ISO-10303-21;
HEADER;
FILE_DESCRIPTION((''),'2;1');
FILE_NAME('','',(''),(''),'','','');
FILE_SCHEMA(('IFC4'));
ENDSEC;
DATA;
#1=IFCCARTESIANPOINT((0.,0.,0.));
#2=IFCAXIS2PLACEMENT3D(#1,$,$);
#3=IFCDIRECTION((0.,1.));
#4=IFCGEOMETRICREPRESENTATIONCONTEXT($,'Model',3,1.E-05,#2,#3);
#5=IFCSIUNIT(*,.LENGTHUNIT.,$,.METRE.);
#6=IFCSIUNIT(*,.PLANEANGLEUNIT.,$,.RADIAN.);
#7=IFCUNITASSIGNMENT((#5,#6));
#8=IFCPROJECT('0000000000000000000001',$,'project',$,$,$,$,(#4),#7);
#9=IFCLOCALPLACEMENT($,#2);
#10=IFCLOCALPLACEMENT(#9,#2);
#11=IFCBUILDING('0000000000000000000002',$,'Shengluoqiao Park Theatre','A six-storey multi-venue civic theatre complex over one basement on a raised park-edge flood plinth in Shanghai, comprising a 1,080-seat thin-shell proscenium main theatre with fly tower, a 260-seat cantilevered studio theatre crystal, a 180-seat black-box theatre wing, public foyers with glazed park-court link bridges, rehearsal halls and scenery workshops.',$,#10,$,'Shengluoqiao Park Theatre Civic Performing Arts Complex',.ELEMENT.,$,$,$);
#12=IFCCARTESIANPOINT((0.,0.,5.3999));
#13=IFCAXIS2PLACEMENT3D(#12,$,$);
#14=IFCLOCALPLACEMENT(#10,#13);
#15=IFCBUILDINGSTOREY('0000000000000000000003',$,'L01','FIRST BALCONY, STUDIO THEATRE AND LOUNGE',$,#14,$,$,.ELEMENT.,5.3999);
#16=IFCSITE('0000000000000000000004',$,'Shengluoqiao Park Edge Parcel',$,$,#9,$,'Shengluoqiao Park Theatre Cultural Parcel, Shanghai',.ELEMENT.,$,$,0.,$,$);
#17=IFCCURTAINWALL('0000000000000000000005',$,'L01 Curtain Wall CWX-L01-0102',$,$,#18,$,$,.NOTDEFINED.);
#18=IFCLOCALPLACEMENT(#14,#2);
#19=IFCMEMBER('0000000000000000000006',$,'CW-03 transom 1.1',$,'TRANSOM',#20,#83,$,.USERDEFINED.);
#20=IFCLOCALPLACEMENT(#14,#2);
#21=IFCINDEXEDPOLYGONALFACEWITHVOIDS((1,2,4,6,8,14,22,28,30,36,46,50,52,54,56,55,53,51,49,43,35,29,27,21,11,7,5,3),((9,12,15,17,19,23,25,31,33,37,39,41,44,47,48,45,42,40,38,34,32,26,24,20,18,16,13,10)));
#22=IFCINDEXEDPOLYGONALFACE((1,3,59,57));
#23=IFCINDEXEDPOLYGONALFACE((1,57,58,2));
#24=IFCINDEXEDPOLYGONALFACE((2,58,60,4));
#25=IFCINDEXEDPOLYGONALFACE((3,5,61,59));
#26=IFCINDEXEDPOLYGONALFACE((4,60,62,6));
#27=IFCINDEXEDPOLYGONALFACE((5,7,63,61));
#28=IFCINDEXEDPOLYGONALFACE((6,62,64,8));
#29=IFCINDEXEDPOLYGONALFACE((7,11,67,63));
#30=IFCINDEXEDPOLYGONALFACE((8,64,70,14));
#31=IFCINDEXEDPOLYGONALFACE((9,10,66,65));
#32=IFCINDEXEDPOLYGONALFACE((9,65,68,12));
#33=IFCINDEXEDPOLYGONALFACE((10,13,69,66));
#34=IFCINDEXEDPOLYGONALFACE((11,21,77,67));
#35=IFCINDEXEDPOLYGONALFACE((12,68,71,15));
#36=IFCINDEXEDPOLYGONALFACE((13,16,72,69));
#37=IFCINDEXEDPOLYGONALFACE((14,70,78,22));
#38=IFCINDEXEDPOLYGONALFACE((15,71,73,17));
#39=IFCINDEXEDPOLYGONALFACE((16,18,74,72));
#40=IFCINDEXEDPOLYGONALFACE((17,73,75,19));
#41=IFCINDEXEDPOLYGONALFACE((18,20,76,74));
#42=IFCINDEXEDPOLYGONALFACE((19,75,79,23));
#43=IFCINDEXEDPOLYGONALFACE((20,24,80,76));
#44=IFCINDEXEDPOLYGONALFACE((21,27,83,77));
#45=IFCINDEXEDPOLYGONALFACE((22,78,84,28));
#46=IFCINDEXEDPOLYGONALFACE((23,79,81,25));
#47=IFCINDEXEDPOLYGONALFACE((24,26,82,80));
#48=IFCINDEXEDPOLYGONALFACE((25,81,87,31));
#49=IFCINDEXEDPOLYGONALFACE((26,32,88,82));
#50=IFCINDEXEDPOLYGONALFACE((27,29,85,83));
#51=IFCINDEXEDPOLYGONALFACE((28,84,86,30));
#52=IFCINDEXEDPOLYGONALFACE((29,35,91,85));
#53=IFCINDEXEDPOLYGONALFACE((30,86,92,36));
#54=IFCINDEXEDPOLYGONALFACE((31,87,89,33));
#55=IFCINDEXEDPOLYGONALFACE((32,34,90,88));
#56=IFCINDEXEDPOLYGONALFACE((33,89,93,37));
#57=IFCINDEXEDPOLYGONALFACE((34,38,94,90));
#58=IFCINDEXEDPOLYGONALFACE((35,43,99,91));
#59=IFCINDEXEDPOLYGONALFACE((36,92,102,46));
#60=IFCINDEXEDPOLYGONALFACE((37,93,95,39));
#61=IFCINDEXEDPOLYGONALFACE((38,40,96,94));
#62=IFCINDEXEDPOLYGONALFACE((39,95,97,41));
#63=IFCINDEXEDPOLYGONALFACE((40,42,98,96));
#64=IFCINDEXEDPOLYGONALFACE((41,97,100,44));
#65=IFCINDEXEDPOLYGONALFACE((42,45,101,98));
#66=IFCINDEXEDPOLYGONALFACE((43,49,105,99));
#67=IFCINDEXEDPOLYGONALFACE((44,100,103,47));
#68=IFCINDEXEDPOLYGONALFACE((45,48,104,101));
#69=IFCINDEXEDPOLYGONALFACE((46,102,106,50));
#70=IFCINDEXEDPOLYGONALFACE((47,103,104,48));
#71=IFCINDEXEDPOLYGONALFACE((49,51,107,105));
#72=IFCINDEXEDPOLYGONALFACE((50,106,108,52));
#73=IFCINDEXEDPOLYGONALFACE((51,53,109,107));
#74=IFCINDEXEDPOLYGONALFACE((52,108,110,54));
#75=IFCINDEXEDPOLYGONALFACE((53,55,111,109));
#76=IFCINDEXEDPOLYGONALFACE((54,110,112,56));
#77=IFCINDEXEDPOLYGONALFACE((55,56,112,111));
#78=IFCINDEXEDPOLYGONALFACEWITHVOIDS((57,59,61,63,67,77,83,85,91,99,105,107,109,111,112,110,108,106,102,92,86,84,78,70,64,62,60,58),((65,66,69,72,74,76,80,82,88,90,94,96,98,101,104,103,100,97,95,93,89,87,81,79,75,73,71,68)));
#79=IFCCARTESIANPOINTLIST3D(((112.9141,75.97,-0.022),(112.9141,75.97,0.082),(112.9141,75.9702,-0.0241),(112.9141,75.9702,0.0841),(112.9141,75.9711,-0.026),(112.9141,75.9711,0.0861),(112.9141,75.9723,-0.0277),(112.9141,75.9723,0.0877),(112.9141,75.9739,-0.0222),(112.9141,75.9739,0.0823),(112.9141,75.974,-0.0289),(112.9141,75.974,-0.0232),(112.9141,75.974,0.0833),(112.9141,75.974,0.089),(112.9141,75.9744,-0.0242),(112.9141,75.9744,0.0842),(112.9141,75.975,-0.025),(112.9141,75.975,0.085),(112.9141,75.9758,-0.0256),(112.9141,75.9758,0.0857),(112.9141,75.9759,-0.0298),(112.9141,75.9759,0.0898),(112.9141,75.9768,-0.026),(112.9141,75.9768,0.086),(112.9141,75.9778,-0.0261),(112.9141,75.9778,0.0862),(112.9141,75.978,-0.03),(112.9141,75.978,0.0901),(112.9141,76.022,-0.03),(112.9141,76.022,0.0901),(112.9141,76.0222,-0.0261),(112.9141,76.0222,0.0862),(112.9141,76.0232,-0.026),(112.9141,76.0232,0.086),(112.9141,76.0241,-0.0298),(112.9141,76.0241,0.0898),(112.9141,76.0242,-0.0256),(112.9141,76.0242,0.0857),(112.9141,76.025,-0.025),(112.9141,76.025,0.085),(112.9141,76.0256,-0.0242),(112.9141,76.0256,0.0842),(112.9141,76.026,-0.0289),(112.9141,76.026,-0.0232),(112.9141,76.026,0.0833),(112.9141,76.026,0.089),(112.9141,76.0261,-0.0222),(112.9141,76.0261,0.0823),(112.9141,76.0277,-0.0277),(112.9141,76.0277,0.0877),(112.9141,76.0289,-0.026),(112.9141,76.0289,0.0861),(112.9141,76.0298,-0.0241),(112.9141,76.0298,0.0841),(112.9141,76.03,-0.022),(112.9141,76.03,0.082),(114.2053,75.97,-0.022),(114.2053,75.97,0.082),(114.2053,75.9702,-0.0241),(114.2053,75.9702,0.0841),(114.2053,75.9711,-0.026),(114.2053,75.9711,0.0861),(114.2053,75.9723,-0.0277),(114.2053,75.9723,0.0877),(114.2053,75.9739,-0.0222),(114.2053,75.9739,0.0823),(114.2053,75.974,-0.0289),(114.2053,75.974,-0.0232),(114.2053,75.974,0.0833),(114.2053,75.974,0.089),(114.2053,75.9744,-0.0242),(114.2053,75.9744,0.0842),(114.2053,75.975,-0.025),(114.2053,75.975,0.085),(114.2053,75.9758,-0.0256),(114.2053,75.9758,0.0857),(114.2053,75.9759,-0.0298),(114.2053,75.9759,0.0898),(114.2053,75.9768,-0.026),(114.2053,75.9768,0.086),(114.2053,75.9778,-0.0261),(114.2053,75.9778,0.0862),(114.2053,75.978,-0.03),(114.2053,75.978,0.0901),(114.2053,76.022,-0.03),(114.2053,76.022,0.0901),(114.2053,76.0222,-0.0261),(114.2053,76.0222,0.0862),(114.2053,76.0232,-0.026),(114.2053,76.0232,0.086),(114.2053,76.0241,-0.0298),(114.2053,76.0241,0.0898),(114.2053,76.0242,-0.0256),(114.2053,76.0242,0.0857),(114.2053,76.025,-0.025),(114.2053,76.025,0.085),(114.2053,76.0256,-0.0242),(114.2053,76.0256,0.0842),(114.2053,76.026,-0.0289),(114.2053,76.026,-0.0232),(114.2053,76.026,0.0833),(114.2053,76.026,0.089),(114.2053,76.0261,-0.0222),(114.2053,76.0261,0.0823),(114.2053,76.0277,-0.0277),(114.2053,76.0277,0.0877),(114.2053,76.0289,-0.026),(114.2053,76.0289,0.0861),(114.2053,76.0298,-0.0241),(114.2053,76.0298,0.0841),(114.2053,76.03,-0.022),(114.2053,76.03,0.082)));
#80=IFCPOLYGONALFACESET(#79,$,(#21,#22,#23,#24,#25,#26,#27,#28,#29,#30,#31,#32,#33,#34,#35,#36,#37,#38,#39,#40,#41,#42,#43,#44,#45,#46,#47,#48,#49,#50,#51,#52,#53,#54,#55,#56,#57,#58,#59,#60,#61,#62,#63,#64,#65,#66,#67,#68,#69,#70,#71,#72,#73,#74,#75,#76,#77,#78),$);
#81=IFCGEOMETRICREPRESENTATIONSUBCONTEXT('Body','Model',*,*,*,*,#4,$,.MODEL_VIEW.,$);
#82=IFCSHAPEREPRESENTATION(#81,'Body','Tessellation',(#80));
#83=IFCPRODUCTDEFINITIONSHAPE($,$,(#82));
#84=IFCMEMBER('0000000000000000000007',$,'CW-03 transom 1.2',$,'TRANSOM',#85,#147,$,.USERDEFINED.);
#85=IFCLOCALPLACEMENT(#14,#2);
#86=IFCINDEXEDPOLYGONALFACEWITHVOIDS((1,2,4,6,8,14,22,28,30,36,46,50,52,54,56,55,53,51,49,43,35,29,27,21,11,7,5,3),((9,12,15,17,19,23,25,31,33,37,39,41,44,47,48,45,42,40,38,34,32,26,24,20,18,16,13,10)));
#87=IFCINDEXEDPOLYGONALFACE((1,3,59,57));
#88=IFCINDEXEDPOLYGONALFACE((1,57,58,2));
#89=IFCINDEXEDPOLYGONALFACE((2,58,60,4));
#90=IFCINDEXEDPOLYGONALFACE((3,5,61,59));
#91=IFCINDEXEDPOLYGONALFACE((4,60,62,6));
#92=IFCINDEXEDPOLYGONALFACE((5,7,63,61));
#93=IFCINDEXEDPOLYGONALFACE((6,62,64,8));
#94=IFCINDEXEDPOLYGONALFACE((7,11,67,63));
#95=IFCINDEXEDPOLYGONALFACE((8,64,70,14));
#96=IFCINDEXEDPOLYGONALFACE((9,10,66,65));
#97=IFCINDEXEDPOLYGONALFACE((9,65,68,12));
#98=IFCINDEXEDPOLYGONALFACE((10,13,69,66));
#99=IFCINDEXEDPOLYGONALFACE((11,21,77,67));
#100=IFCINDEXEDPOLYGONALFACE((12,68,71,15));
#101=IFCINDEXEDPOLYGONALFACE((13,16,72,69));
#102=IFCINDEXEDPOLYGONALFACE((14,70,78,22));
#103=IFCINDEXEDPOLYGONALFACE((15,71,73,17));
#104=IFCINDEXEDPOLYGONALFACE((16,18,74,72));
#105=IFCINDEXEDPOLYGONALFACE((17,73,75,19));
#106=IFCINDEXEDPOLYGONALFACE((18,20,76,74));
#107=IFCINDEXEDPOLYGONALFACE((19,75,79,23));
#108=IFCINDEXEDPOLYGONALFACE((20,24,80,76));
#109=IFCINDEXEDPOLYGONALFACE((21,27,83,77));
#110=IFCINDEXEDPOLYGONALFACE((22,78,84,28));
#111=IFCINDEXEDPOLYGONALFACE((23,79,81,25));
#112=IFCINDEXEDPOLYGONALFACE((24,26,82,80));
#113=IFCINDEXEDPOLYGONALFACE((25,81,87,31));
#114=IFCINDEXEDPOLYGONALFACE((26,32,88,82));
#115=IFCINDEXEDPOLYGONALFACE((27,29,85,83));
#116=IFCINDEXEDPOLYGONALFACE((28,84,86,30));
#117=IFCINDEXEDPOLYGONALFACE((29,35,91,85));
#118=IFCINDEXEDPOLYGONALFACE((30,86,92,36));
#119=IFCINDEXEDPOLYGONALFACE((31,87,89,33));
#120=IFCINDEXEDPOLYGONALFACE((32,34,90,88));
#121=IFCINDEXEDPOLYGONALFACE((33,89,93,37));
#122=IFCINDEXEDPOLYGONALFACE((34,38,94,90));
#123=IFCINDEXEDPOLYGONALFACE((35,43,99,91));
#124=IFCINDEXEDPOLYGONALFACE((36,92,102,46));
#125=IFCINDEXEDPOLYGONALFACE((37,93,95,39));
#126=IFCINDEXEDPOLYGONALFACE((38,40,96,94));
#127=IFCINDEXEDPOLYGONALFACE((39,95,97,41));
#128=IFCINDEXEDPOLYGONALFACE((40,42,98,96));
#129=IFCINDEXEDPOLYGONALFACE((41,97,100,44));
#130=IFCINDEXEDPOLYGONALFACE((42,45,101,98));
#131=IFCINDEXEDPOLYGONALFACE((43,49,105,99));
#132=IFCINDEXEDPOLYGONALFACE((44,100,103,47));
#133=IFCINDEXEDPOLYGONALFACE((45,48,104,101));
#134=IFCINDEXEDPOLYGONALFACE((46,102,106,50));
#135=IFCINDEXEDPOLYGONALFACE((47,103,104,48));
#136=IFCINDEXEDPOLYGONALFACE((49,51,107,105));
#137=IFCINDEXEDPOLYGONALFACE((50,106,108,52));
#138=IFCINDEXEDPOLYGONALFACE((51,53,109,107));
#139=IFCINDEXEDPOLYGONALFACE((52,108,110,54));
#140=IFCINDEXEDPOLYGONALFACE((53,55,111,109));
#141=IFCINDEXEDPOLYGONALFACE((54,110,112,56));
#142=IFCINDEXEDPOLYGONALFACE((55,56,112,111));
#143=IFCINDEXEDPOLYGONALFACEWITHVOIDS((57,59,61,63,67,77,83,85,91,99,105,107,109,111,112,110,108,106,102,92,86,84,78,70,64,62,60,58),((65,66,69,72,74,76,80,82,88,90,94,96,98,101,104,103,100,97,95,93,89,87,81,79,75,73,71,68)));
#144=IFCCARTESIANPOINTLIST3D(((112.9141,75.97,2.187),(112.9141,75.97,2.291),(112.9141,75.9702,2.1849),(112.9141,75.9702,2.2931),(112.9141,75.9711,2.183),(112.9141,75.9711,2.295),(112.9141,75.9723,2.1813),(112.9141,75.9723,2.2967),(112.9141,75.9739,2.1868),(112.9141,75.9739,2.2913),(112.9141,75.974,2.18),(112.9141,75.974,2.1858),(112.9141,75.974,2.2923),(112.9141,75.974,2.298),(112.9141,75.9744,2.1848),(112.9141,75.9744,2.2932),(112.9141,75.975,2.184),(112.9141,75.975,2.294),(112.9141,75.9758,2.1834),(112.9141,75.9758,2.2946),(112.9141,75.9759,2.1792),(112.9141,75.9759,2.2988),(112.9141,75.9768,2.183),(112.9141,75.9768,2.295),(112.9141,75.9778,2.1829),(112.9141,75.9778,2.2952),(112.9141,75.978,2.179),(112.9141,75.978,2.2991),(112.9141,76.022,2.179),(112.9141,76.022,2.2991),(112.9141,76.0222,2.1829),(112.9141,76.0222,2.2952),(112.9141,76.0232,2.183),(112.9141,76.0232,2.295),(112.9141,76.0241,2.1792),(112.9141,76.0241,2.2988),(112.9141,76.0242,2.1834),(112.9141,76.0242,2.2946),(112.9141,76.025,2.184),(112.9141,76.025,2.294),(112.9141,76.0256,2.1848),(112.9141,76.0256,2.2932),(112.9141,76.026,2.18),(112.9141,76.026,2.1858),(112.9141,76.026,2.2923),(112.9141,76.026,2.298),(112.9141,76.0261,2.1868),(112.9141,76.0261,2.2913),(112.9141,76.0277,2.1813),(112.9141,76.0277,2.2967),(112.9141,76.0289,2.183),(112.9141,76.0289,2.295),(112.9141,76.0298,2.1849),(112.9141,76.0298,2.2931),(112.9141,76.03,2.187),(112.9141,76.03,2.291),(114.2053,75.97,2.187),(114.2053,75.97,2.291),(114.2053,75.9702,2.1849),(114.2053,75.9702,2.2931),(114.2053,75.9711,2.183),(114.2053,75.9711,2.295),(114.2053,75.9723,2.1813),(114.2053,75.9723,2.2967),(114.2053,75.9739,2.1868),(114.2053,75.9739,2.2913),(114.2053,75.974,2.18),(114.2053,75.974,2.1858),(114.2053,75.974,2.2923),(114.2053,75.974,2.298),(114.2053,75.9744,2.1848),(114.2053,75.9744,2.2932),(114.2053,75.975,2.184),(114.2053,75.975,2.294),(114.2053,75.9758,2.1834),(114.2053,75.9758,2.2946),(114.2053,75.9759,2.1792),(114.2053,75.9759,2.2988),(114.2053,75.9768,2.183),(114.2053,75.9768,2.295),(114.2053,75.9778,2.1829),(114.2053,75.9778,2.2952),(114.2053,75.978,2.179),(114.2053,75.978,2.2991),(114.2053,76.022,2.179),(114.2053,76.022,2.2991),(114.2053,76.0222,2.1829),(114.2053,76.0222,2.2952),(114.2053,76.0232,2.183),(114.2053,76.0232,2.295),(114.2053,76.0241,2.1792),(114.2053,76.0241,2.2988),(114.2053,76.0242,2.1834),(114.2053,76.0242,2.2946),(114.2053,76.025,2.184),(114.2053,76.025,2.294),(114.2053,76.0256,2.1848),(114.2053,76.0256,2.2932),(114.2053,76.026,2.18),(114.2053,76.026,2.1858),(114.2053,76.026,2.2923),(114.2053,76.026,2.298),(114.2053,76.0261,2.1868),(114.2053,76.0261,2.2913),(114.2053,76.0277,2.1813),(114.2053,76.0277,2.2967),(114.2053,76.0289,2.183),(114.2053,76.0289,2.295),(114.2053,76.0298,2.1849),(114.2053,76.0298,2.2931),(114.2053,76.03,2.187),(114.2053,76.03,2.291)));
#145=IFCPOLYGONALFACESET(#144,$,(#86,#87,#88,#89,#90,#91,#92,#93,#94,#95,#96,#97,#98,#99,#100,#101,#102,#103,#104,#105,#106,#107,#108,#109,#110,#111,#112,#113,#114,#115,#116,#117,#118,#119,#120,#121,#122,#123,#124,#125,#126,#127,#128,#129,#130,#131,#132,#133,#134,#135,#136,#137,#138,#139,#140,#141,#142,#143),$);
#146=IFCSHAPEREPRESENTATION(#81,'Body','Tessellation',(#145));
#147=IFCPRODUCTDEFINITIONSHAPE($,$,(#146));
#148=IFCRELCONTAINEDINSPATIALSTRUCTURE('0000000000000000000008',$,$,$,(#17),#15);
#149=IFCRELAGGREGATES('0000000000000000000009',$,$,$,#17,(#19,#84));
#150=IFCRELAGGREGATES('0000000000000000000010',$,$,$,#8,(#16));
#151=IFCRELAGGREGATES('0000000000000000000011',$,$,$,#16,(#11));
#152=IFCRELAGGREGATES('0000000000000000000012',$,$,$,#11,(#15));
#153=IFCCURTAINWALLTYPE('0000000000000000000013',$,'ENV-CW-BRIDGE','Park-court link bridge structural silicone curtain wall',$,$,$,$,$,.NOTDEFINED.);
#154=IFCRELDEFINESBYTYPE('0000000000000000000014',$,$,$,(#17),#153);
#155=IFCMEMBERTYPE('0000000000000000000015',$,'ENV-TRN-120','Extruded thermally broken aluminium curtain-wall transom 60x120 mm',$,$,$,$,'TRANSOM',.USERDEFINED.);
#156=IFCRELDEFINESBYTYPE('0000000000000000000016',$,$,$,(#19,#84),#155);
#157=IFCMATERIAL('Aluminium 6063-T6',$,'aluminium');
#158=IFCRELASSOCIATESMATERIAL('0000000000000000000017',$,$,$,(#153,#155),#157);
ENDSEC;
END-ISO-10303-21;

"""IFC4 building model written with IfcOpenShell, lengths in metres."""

from ifc_helpers import new_model, si_unit, direction, frame, origin, origin_2d, place, context, subcontext, project, spatial, hollow_rectangle, extrude, material, material_profile, profile_set, type_object, element, aggregate, save


model = new_model("IFC4")

# Units and contexts
model_context = context("Model", 3, precision=1e-05, world=origin(), true_north=direction((0.0, 1.0)))
body_context = subcontext(model_context, "Body", "Model", "MODEL_VIEW")
ifc_project = project(units=[si_unit("LENGTHUNIT", "METRE"), si_unit("PLANEANGLEUNIT", "RADIAN")], contexts=[model_context])

# Site, building, storey
site_placement = place(None, origin())
site = spatial("IfcSite", under=ifc_project, at=site_placement, Name="Shengluoqiao Park Edge Parcel", LongName="Shengluoqiao Park Theatre Cultural Parcel, Shanghai", CompositionType="ELEMENT", RefElevation=0.0)
building_placement = place(site_placement, origin())
building = spatial("IfcBuilding", under=site, at=building_placement, Name="Shengluoqiao Park Theatre", Description="A six-storey multi-venue civic theatre complex over one basement on a raised park-edge flood plinth in Shanghai, comprising a 1,080-seat thin-shell proscenium main theatre with fly tower, a 260-seat cantilevered studio theatre crystal, a 180-seat black-box theatre wing, public foyers with glazed park-court link bridges, rehearsal halls and scenery workshops.", LongName="Shengluoqiao Park Theatre Civic Performing Arts Complex", CompositionType="ELEMENT")
storey_placement = place(building_placement, frame((0.0, 0.0, 5.3999)))
storey = spatial("IfcBuildingStorey", under=building, at=storey_placement, Name="L01", Description="FIRST BALCONY, STUDIO THEATRE AND LOUNGE", CompositionType="ELEMENT", Elevation=5.3999)

# Curtain wall, members
ifc_material_1 = material(Name="Aluminium 6063-T6", Category="aluminium")
curtain_wall_type = type_object("IfcCurtainWallType", Name="ENV-CW-BRIDGE", Description="Park-court link bridge structural silicone curtain wall", PredefinedType="NOTDEFINED", material=ifc_material_1)
curtain_wall_placement = place(storey_placement, origin())
curtain_wall = element("IfcCurtainWall", 1, at=curtain_wall_placement, inside=storey, type_object=curtain_wall_type, Name="L01 Curtain Wall CWX-L01-0102", PredefinedType="NOTDEFINED")
ifc_material_profile_1 = material_profile(ifc_material_1, hollow_rectangle(XDim=0.0601, YDim=0.1201, WallThickness=0.0039, InnerFilletRadius=0.0039, OuterFilletRadius=0.0081, at=origin_2d()), Name="ALU TRANSOM 120x60x4")
ifc_profile_set_1 = profile_set([ifc_material_profile_1], Name="Aluminium 6063-T6")
member_type_1 = type_object("IfcMemberType", Name="ENV-TRN-120", Description="Extruded thermally broken aluminium curtain-wall transom 60x120 mm", ElementType="TRANSOM", PredefinedType="USERDEFINED", material=ifc_profile_set_1)
member_1_placement = place(storey_placement, frame((112.9141, 76.0, 0.03), z_axis=(1.0, 0.0, 0.0), x_axis=(0.0, 1.0, 0.0)))
member_1 = element("IfcMember", 2, at=member_1_placement, type_object=member_type_1, Name="CW-03 transom 1.1", ObjectType="TRANSOM", PredefinedType="USERDEFINED", context=body_context, shape_type="SweptSolid", body=[
    extrude(hollow_rectangle(XDim=0.0601, YDim=0.1201, WallThickness=0.0039, InnerFilletRadius=0.0039, OuterFilletRadius=0.0081, at=origin_2d()), origin(), (0.0, 0.0, 1.0), 1.2913),
])
member_2_placement = place(storey_placement, frame((112.9141, 76.0, 2.239), z_axis=(1.0, 0.0, 0.0), x_axis=(0.0, 1.0, 0.0)))
member_2 = element("IfcMember", 3, at=member_2_placement, type_object=member_type_1, Name="CW-03 transom 1.2", ObjectType="TRANSOM", PredefinedType="USERDEFINED", context=body_context, shape_type="SweptSolid", body=[
    extrude(hollow_rectangle(XDim=0.0601, YDim=0.1201, WallThickness=0.0039, InnerFilletRadius=0.0039, OuterFilletRadius=0.0081, at=origin_2d()), origin(), (0.0, 0.0, 1.0), 1.2913),
])

aggregate(curtain_wall, [member_1, member_2])

save(model, "model.ifc")
